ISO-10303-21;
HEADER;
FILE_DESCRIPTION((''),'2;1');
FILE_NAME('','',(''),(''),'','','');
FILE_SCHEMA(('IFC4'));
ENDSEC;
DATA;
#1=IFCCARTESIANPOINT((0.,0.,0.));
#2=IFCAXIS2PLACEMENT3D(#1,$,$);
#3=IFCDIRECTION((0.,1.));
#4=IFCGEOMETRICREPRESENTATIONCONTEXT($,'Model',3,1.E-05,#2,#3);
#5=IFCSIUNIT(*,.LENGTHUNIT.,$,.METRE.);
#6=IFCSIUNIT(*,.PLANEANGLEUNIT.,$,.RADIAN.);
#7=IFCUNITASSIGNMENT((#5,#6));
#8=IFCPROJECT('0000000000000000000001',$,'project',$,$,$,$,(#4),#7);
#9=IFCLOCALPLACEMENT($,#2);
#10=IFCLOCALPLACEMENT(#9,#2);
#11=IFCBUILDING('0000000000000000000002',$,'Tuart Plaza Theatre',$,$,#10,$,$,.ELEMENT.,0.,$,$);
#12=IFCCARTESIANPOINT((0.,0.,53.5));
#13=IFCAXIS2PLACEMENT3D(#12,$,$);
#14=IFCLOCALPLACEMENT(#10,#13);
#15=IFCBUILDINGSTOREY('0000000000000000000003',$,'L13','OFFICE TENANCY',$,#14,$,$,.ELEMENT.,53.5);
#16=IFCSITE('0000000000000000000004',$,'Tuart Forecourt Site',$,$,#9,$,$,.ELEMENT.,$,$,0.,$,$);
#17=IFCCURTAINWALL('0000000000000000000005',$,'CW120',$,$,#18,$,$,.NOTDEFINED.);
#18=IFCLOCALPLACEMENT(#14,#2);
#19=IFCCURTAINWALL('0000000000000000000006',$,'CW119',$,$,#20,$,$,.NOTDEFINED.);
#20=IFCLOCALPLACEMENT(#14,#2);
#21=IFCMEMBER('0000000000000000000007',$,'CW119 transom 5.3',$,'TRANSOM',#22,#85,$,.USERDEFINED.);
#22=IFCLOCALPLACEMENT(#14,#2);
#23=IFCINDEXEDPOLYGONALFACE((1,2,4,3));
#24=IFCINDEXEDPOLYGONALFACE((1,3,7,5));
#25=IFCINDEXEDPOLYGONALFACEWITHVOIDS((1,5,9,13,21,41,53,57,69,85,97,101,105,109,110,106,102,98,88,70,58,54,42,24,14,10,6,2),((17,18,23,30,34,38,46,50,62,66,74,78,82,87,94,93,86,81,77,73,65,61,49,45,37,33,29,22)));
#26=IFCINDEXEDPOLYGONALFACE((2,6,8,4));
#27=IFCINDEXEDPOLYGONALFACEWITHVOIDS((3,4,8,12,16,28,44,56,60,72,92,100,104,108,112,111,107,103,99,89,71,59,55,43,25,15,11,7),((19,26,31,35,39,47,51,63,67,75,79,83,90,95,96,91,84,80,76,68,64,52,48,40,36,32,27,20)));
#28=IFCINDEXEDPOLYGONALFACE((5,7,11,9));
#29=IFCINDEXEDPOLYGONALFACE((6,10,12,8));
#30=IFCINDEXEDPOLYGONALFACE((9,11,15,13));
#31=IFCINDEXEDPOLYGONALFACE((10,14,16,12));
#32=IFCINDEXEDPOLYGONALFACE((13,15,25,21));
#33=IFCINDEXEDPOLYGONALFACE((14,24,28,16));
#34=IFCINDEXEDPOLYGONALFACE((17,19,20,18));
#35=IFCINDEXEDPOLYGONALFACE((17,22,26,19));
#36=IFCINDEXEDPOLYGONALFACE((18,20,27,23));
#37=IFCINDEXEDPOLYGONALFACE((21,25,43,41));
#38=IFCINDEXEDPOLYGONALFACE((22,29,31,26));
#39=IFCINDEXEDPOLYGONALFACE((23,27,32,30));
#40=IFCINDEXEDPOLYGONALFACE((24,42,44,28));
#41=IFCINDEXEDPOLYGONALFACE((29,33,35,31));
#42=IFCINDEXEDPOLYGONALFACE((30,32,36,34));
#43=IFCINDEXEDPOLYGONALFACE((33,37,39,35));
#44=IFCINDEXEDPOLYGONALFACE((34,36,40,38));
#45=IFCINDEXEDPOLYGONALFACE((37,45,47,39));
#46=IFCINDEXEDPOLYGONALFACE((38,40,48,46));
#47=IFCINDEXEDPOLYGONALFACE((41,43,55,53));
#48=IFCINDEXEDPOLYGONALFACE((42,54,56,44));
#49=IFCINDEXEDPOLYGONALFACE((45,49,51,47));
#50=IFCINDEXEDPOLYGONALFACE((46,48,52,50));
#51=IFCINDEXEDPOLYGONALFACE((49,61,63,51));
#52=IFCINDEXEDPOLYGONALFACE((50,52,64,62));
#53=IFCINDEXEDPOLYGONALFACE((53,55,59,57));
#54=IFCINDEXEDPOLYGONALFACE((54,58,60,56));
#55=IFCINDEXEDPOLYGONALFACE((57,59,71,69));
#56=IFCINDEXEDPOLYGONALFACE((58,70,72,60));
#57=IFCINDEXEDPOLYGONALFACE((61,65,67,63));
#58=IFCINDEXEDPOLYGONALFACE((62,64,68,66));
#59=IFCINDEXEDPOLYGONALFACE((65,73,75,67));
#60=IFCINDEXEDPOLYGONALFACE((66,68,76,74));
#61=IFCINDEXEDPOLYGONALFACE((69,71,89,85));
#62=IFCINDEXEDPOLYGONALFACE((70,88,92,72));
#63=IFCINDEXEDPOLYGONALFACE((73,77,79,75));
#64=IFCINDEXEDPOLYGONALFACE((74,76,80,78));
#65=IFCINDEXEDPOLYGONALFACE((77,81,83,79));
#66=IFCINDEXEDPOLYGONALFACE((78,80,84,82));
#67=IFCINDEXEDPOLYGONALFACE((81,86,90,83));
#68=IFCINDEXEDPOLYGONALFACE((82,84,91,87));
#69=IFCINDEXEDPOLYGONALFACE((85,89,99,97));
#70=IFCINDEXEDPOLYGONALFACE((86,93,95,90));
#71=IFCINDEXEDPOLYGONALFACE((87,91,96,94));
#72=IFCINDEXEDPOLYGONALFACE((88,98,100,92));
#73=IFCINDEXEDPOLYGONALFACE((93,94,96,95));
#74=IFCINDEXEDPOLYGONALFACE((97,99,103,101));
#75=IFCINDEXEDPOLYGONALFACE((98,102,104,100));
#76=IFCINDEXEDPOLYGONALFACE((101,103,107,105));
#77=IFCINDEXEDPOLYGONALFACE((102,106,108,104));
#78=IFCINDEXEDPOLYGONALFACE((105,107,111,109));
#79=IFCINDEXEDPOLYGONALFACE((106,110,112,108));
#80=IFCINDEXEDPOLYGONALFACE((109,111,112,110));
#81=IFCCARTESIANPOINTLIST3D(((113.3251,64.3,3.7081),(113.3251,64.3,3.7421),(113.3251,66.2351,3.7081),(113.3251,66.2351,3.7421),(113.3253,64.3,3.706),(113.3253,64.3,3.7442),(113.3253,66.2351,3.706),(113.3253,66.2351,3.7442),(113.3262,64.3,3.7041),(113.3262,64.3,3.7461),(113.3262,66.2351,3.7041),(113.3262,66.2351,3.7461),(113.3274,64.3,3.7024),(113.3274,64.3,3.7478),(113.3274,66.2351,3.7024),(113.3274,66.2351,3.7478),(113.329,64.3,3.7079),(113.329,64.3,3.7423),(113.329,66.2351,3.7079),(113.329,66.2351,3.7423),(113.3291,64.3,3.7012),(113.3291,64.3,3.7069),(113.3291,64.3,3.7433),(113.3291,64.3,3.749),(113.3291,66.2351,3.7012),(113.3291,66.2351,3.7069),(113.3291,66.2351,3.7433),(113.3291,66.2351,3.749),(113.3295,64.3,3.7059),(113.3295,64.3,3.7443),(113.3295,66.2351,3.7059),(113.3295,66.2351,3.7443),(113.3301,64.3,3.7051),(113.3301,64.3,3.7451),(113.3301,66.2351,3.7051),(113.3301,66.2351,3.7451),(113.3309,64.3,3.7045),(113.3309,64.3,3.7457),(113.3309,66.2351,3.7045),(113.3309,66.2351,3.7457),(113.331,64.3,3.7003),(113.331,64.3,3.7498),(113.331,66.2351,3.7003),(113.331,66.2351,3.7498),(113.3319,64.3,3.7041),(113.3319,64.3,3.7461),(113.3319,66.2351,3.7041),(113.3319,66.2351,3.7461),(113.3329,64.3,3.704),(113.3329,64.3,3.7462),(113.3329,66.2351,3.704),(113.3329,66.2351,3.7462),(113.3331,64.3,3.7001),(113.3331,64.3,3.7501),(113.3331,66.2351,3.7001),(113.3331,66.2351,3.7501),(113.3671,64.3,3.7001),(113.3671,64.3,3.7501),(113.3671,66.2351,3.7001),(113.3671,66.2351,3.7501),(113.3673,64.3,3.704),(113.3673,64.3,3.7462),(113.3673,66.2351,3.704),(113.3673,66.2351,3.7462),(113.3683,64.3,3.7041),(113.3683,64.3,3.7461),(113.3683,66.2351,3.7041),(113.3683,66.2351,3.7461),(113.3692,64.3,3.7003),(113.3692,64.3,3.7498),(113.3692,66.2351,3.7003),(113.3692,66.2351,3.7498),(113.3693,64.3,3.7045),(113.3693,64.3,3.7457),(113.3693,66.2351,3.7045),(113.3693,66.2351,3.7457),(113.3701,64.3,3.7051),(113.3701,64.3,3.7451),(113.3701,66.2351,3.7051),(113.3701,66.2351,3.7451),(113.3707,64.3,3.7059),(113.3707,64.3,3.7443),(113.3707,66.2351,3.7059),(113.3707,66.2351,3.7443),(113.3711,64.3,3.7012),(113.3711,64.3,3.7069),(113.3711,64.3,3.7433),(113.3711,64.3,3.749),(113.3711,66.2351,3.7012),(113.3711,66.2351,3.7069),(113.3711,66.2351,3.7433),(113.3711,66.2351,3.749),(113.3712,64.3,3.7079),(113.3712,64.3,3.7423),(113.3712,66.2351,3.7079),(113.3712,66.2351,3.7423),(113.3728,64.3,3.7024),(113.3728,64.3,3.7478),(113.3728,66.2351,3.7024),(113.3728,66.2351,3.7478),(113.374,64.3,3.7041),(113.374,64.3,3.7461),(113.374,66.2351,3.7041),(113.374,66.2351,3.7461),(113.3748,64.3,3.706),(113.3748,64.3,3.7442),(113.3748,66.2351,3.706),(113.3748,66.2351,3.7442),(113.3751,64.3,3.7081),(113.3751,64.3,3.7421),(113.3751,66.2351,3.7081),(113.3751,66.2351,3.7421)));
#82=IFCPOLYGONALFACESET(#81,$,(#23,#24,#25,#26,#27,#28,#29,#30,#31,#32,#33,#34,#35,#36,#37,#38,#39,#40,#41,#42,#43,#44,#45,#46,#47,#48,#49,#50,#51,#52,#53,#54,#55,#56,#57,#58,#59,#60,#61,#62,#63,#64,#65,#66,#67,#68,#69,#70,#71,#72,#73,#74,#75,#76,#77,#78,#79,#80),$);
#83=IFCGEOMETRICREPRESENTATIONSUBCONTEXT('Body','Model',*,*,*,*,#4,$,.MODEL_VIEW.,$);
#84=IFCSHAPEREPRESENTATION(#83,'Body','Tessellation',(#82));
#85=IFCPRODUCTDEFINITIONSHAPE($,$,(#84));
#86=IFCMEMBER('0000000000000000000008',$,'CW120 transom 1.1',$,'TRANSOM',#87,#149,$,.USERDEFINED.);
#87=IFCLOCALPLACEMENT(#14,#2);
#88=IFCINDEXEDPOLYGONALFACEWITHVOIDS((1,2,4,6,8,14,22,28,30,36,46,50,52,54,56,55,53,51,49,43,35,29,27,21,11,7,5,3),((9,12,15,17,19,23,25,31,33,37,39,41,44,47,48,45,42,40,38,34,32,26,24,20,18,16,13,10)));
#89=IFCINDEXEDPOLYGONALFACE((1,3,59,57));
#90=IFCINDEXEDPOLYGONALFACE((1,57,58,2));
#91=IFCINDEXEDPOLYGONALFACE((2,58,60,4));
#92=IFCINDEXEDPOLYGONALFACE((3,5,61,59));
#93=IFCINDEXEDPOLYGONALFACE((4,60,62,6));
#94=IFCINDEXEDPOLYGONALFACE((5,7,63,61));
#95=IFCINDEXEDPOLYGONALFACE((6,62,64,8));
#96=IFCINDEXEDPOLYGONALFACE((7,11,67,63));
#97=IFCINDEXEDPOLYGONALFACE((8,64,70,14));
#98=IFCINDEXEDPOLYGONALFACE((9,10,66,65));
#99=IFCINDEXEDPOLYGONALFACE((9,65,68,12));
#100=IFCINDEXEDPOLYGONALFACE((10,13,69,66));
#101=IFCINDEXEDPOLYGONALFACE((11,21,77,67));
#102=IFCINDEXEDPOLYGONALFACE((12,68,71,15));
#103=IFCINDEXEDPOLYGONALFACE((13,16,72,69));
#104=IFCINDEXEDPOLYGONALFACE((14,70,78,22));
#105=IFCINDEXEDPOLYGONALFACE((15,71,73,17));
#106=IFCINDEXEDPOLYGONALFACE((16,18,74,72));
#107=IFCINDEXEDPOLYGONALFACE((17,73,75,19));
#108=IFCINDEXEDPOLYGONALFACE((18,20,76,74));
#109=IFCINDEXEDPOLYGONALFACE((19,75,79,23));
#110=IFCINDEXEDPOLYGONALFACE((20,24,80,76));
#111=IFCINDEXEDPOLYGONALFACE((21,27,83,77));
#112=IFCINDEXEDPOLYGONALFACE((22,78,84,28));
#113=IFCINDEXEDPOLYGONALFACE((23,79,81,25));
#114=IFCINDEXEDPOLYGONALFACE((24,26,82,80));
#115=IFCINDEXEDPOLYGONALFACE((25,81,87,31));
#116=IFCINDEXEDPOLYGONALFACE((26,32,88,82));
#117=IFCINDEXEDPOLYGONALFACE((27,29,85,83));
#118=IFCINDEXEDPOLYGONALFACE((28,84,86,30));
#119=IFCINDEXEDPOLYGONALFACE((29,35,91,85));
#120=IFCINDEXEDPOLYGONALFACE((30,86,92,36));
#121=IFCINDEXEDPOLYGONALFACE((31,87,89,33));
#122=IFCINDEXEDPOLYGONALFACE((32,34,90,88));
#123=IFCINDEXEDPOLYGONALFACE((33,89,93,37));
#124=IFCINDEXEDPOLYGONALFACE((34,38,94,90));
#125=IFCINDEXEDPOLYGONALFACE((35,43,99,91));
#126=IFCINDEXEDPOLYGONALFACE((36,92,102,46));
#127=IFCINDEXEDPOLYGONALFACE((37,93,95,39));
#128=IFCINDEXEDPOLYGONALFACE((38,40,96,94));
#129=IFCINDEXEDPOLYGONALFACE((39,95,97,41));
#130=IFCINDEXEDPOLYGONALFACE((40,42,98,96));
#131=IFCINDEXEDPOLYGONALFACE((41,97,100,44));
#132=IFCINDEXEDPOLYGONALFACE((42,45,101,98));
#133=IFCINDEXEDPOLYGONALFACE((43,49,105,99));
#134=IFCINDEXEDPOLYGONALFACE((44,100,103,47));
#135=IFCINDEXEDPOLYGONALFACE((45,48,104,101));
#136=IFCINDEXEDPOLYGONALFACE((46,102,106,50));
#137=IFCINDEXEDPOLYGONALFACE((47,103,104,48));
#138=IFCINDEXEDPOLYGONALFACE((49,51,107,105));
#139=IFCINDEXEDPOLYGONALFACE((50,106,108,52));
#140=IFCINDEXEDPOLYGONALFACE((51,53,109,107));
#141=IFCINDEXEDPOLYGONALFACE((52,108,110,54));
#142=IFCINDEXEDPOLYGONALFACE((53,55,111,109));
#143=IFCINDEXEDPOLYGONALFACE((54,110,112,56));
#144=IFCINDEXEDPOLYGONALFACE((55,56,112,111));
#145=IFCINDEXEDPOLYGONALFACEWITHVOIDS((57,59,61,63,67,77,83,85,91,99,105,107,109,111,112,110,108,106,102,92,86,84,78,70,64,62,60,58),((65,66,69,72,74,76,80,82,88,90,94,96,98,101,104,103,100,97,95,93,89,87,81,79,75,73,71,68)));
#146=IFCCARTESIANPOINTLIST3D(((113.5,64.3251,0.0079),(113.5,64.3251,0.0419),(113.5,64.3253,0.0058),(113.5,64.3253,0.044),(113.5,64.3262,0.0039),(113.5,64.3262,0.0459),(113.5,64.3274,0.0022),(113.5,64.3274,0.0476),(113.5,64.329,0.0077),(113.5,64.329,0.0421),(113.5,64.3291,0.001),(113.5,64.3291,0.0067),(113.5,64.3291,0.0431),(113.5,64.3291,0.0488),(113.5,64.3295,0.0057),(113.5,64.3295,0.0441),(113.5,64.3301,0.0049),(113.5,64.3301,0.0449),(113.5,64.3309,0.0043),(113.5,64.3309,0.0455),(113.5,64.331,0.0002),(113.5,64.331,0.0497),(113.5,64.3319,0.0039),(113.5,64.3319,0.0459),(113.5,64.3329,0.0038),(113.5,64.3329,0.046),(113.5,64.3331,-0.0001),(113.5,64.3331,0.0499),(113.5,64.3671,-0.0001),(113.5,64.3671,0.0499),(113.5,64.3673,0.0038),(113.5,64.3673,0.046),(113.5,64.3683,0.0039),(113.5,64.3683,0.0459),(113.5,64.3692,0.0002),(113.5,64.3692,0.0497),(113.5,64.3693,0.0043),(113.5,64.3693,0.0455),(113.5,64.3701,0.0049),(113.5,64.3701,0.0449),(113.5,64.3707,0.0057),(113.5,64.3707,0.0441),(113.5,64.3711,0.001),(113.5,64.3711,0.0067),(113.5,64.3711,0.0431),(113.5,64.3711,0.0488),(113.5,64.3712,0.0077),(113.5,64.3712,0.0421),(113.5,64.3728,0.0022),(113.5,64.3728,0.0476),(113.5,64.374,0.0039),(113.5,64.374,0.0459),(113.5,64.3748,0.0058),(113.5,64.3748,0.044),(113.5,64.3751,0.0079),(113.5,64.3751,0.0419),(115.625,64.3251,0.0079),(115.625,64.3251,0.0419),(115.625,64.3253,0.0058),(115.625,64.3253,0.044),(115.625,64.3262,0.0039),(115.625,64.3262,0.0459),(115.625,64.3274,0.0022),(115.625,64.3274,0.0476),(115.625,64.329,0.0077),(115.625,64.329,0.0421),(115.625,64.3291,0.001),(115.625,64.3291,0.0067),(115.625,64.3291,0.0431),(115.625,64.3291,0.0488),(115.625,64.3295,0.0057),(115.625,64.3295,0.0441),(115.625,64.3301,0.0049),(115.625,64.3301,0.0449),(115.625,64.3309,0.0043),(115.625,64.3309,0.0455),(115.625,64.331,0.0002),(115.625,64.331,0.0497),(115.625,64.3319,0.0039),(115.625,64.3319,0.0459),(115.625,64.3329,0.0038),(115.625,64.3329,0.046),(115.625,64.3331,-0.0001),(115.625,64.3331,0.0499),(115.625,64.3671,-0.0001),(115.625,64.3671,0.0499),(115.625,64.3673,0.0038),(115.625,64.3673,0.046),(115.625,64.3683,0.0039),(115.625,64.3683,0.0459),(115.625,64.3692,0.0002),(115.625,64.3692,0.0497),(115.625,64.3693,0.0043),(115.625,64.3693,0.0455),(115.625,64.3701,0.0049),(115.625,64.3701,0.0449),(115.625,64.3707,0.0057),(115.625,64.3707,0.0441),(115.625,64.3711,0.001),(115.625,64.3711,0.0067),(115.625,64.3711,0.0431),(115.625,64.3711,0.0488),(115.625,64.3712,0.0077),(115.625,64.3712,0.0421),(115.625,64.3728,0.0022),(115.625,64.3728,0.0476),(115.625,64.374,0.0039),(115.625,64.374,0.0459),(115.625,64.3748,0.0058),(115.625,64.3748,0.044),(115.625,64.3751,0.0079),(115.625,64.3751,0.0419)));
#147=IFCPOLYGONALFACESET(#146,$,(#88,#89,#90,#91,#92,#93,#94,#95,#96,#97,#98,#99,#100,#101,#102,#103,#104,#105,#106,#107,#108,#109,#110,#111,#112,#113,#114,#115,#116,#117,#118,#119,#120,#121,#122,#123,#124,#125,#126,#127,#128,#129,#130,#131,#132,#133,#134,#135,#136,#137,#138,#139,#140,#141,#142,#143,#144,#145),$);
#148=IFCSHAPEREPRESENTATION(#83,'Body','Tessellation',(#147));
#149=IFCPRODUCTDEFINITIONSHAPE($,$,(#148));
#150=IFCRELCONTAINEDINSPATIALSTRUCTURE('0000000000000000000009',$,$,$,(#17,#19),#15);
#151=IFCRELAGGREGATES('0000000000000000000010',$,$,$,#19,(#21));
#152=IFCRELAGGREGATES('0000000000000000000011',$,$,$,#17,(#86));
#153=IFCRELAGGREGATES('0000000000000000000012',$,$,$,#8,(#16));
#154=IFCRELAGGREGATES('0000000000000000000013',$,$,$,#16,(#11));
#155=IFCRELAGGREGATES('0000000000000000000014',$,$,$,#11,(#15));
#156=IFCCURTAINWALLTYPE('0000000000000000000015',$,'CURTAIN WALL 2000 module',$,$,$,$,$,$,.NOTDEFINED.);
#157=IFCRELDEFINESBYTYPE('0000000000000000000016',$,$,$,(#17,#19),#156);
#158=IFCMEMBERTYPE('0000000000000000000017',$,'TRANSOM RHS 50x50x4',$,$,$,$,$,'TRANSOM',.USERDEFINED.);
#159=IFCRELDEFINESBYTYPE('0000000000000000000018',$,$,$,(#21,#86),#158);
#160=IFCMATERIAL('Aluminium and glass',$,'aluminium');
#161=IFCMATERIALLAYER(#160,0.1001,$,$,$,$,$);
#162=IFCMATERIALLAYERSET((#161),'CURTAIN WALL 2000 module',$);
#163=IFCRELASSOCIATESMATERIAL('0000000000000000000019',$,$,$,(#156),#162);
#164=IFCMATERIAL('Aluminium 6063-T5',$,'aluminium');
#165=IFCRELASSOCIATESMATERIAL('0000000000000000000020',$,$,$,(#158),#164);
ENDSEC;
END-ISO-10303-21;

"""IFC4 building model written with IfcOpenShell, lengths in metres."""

from ifc_helpers import new_model, si_unit, direction, frame, origin, origin_2d, place, context, subcontext, project, spatial, hollow_rectangle, extrude, material, layer, layer_set, material_profile, profile_set, type_object, element, aggregate, save


model = new_model("IFC4")

# Units and contexts
model_context = context("Model", 3, precision=1e-05, world=origin(), true_north=direction((0.0, 1.0)))
body_context = subcontext(model_context, "Body", "Model", "MODEL_VIEW")
ifc_project = project(units=[si_unit("LENGTHUNIT", "METRE"), si_unit("PLANEANGLEUNIT", "RADIAN")], contexts=[model_context])

# Site, building, storey
site_placement = place(None, origin())
site = spatial("IfcSite", under=ifc_project, at=site_placement, Name="Tuart Forecourt Site", CompositionType="ELEMENT", RefElevation=0.0)
building_placement = place(site_placement, origin())
building = spatial("IfcBuilding", under=site, at=building_placement, Name="Tuart Plaza Theatre", CompositionType="ELEMENT", ElevationOfRefHeight=0.0)
storey_placement = place(building_placement, frame((0.0, 0.0, 53.5)))
storey = spatial("IfcBuildingStorey", under=building, at=storey_placement, Name="L13", Description="OFFICE TENANCY", CompositionType="ELEMENT", Elevation=53.5)

# Curtain walls, member
ifc_material_1 = material(Name="Aluminium and glass", Category="aluminium")
ifc_layer_1 = layer(ifc_material_1, 0.1001)
ifc_layer_set_1 = layer_set([ifc_layer_1], Name="CURTAIN WALL 2000 module")
curtain_wall_type = type_object("IfcCurtainWallType", Name="CURTAIN WALL 2000 module", PredefinedType="NOTDEFINED", material=ifc_layer_set_1)
curtain_wall_1_placement = place(storey_placement, origin())
curtain_wall_1 = element("IfcCurtainWall", 1, at=curtain_wall_1_placement, inside=storey, type_object=curtain_wall_type, Name="CW120", PredefinedType="NOTDEFINED")
curtain_wall_2_placement = place(storey_placement, origin())
curtain_wall_2 = element("IfcCurtainWall", 2, at=curtain_wall_2_placement, inside=storey, type_object=curtain_wall_type, Name="CW119", PredefinedType="NOTDEFINED")
ifc_material_2 = material(Name="Aluminium 6063-T5", Category="aluminium")
ifc_material_profile_1 = material_profile(ifc_material_2, hollow_rectangle(XDim=0.05, YDim=0.05, WallThickness=0.0039, InnerFilletRadius=0.0039, OuterFilletRadius=0.0081, at=origin_2d()), Name="RHS 50x50x4")
ifc_profile_set_1 = profile_set([ifc_material_profile_1], Name="Aluminium 6063-T5")
member_type_1 = type_object("IfcMemberType", Name="TRANSOM RHS 50x50x4", ElementType="TRANSOM", PredefinedType="USERDEFINED", material=ifc_profile_set_1)
member_1_placement = place(storey_placement, frame((113.3501, 66.2351, 3.7251), z_axis=(0.0, -1.0, 0.0), x_axis=(1.0, 0.0, 0.0)))
member_1 = element("IfcMember", 3, at=member_1_placement, type_object=member_type_1, Name="CW119 transom 5.3", ObjectType="TRANSOM", PredefinedType="USERDEFINED", context=body_context, shape_type="SweptSolid", body=[
    extrude(hollow_rectangle(XDim=0.05, YDim=0.05, WallThickness=0.0039, InnerFilletRadius=0.0039, OuterFilletRadius=0.0081, at=origin_2d()), origin(), (0.0, 0.0, 1.0), 1.9351),
])

# Member
member_2_placement = place(storey_placement, frame((113.5, 64.3501, 0.0249), z_axis=(1.0, 0.0, 0.0), x_axis=(0.0, 1.0, 0.0)))
member_2 = element("IfcMember", 4, at=member_2_placement, type_object=member_type_1, Name="CW120 transom 1.1", ObjectType="TRANSOM", PredefinedType="USERDEFINED", context=body_context, shape_type="SweptSolid", body=[
    extrude(hollow_rectangle(XDim=0.05, YDim=0.05, WallThickness=0.0039, InnerFilletRadius=0.0039, OuterFilletRadius=0.0081, at=origin_2d()), origin(), (0.0, 0.0, 1.0), 2.125),
])

aggregate(curtain_wall_2, [member_1])
aggregate(curtain_wall_1, [member_2])

save(model, "model.ifc")
